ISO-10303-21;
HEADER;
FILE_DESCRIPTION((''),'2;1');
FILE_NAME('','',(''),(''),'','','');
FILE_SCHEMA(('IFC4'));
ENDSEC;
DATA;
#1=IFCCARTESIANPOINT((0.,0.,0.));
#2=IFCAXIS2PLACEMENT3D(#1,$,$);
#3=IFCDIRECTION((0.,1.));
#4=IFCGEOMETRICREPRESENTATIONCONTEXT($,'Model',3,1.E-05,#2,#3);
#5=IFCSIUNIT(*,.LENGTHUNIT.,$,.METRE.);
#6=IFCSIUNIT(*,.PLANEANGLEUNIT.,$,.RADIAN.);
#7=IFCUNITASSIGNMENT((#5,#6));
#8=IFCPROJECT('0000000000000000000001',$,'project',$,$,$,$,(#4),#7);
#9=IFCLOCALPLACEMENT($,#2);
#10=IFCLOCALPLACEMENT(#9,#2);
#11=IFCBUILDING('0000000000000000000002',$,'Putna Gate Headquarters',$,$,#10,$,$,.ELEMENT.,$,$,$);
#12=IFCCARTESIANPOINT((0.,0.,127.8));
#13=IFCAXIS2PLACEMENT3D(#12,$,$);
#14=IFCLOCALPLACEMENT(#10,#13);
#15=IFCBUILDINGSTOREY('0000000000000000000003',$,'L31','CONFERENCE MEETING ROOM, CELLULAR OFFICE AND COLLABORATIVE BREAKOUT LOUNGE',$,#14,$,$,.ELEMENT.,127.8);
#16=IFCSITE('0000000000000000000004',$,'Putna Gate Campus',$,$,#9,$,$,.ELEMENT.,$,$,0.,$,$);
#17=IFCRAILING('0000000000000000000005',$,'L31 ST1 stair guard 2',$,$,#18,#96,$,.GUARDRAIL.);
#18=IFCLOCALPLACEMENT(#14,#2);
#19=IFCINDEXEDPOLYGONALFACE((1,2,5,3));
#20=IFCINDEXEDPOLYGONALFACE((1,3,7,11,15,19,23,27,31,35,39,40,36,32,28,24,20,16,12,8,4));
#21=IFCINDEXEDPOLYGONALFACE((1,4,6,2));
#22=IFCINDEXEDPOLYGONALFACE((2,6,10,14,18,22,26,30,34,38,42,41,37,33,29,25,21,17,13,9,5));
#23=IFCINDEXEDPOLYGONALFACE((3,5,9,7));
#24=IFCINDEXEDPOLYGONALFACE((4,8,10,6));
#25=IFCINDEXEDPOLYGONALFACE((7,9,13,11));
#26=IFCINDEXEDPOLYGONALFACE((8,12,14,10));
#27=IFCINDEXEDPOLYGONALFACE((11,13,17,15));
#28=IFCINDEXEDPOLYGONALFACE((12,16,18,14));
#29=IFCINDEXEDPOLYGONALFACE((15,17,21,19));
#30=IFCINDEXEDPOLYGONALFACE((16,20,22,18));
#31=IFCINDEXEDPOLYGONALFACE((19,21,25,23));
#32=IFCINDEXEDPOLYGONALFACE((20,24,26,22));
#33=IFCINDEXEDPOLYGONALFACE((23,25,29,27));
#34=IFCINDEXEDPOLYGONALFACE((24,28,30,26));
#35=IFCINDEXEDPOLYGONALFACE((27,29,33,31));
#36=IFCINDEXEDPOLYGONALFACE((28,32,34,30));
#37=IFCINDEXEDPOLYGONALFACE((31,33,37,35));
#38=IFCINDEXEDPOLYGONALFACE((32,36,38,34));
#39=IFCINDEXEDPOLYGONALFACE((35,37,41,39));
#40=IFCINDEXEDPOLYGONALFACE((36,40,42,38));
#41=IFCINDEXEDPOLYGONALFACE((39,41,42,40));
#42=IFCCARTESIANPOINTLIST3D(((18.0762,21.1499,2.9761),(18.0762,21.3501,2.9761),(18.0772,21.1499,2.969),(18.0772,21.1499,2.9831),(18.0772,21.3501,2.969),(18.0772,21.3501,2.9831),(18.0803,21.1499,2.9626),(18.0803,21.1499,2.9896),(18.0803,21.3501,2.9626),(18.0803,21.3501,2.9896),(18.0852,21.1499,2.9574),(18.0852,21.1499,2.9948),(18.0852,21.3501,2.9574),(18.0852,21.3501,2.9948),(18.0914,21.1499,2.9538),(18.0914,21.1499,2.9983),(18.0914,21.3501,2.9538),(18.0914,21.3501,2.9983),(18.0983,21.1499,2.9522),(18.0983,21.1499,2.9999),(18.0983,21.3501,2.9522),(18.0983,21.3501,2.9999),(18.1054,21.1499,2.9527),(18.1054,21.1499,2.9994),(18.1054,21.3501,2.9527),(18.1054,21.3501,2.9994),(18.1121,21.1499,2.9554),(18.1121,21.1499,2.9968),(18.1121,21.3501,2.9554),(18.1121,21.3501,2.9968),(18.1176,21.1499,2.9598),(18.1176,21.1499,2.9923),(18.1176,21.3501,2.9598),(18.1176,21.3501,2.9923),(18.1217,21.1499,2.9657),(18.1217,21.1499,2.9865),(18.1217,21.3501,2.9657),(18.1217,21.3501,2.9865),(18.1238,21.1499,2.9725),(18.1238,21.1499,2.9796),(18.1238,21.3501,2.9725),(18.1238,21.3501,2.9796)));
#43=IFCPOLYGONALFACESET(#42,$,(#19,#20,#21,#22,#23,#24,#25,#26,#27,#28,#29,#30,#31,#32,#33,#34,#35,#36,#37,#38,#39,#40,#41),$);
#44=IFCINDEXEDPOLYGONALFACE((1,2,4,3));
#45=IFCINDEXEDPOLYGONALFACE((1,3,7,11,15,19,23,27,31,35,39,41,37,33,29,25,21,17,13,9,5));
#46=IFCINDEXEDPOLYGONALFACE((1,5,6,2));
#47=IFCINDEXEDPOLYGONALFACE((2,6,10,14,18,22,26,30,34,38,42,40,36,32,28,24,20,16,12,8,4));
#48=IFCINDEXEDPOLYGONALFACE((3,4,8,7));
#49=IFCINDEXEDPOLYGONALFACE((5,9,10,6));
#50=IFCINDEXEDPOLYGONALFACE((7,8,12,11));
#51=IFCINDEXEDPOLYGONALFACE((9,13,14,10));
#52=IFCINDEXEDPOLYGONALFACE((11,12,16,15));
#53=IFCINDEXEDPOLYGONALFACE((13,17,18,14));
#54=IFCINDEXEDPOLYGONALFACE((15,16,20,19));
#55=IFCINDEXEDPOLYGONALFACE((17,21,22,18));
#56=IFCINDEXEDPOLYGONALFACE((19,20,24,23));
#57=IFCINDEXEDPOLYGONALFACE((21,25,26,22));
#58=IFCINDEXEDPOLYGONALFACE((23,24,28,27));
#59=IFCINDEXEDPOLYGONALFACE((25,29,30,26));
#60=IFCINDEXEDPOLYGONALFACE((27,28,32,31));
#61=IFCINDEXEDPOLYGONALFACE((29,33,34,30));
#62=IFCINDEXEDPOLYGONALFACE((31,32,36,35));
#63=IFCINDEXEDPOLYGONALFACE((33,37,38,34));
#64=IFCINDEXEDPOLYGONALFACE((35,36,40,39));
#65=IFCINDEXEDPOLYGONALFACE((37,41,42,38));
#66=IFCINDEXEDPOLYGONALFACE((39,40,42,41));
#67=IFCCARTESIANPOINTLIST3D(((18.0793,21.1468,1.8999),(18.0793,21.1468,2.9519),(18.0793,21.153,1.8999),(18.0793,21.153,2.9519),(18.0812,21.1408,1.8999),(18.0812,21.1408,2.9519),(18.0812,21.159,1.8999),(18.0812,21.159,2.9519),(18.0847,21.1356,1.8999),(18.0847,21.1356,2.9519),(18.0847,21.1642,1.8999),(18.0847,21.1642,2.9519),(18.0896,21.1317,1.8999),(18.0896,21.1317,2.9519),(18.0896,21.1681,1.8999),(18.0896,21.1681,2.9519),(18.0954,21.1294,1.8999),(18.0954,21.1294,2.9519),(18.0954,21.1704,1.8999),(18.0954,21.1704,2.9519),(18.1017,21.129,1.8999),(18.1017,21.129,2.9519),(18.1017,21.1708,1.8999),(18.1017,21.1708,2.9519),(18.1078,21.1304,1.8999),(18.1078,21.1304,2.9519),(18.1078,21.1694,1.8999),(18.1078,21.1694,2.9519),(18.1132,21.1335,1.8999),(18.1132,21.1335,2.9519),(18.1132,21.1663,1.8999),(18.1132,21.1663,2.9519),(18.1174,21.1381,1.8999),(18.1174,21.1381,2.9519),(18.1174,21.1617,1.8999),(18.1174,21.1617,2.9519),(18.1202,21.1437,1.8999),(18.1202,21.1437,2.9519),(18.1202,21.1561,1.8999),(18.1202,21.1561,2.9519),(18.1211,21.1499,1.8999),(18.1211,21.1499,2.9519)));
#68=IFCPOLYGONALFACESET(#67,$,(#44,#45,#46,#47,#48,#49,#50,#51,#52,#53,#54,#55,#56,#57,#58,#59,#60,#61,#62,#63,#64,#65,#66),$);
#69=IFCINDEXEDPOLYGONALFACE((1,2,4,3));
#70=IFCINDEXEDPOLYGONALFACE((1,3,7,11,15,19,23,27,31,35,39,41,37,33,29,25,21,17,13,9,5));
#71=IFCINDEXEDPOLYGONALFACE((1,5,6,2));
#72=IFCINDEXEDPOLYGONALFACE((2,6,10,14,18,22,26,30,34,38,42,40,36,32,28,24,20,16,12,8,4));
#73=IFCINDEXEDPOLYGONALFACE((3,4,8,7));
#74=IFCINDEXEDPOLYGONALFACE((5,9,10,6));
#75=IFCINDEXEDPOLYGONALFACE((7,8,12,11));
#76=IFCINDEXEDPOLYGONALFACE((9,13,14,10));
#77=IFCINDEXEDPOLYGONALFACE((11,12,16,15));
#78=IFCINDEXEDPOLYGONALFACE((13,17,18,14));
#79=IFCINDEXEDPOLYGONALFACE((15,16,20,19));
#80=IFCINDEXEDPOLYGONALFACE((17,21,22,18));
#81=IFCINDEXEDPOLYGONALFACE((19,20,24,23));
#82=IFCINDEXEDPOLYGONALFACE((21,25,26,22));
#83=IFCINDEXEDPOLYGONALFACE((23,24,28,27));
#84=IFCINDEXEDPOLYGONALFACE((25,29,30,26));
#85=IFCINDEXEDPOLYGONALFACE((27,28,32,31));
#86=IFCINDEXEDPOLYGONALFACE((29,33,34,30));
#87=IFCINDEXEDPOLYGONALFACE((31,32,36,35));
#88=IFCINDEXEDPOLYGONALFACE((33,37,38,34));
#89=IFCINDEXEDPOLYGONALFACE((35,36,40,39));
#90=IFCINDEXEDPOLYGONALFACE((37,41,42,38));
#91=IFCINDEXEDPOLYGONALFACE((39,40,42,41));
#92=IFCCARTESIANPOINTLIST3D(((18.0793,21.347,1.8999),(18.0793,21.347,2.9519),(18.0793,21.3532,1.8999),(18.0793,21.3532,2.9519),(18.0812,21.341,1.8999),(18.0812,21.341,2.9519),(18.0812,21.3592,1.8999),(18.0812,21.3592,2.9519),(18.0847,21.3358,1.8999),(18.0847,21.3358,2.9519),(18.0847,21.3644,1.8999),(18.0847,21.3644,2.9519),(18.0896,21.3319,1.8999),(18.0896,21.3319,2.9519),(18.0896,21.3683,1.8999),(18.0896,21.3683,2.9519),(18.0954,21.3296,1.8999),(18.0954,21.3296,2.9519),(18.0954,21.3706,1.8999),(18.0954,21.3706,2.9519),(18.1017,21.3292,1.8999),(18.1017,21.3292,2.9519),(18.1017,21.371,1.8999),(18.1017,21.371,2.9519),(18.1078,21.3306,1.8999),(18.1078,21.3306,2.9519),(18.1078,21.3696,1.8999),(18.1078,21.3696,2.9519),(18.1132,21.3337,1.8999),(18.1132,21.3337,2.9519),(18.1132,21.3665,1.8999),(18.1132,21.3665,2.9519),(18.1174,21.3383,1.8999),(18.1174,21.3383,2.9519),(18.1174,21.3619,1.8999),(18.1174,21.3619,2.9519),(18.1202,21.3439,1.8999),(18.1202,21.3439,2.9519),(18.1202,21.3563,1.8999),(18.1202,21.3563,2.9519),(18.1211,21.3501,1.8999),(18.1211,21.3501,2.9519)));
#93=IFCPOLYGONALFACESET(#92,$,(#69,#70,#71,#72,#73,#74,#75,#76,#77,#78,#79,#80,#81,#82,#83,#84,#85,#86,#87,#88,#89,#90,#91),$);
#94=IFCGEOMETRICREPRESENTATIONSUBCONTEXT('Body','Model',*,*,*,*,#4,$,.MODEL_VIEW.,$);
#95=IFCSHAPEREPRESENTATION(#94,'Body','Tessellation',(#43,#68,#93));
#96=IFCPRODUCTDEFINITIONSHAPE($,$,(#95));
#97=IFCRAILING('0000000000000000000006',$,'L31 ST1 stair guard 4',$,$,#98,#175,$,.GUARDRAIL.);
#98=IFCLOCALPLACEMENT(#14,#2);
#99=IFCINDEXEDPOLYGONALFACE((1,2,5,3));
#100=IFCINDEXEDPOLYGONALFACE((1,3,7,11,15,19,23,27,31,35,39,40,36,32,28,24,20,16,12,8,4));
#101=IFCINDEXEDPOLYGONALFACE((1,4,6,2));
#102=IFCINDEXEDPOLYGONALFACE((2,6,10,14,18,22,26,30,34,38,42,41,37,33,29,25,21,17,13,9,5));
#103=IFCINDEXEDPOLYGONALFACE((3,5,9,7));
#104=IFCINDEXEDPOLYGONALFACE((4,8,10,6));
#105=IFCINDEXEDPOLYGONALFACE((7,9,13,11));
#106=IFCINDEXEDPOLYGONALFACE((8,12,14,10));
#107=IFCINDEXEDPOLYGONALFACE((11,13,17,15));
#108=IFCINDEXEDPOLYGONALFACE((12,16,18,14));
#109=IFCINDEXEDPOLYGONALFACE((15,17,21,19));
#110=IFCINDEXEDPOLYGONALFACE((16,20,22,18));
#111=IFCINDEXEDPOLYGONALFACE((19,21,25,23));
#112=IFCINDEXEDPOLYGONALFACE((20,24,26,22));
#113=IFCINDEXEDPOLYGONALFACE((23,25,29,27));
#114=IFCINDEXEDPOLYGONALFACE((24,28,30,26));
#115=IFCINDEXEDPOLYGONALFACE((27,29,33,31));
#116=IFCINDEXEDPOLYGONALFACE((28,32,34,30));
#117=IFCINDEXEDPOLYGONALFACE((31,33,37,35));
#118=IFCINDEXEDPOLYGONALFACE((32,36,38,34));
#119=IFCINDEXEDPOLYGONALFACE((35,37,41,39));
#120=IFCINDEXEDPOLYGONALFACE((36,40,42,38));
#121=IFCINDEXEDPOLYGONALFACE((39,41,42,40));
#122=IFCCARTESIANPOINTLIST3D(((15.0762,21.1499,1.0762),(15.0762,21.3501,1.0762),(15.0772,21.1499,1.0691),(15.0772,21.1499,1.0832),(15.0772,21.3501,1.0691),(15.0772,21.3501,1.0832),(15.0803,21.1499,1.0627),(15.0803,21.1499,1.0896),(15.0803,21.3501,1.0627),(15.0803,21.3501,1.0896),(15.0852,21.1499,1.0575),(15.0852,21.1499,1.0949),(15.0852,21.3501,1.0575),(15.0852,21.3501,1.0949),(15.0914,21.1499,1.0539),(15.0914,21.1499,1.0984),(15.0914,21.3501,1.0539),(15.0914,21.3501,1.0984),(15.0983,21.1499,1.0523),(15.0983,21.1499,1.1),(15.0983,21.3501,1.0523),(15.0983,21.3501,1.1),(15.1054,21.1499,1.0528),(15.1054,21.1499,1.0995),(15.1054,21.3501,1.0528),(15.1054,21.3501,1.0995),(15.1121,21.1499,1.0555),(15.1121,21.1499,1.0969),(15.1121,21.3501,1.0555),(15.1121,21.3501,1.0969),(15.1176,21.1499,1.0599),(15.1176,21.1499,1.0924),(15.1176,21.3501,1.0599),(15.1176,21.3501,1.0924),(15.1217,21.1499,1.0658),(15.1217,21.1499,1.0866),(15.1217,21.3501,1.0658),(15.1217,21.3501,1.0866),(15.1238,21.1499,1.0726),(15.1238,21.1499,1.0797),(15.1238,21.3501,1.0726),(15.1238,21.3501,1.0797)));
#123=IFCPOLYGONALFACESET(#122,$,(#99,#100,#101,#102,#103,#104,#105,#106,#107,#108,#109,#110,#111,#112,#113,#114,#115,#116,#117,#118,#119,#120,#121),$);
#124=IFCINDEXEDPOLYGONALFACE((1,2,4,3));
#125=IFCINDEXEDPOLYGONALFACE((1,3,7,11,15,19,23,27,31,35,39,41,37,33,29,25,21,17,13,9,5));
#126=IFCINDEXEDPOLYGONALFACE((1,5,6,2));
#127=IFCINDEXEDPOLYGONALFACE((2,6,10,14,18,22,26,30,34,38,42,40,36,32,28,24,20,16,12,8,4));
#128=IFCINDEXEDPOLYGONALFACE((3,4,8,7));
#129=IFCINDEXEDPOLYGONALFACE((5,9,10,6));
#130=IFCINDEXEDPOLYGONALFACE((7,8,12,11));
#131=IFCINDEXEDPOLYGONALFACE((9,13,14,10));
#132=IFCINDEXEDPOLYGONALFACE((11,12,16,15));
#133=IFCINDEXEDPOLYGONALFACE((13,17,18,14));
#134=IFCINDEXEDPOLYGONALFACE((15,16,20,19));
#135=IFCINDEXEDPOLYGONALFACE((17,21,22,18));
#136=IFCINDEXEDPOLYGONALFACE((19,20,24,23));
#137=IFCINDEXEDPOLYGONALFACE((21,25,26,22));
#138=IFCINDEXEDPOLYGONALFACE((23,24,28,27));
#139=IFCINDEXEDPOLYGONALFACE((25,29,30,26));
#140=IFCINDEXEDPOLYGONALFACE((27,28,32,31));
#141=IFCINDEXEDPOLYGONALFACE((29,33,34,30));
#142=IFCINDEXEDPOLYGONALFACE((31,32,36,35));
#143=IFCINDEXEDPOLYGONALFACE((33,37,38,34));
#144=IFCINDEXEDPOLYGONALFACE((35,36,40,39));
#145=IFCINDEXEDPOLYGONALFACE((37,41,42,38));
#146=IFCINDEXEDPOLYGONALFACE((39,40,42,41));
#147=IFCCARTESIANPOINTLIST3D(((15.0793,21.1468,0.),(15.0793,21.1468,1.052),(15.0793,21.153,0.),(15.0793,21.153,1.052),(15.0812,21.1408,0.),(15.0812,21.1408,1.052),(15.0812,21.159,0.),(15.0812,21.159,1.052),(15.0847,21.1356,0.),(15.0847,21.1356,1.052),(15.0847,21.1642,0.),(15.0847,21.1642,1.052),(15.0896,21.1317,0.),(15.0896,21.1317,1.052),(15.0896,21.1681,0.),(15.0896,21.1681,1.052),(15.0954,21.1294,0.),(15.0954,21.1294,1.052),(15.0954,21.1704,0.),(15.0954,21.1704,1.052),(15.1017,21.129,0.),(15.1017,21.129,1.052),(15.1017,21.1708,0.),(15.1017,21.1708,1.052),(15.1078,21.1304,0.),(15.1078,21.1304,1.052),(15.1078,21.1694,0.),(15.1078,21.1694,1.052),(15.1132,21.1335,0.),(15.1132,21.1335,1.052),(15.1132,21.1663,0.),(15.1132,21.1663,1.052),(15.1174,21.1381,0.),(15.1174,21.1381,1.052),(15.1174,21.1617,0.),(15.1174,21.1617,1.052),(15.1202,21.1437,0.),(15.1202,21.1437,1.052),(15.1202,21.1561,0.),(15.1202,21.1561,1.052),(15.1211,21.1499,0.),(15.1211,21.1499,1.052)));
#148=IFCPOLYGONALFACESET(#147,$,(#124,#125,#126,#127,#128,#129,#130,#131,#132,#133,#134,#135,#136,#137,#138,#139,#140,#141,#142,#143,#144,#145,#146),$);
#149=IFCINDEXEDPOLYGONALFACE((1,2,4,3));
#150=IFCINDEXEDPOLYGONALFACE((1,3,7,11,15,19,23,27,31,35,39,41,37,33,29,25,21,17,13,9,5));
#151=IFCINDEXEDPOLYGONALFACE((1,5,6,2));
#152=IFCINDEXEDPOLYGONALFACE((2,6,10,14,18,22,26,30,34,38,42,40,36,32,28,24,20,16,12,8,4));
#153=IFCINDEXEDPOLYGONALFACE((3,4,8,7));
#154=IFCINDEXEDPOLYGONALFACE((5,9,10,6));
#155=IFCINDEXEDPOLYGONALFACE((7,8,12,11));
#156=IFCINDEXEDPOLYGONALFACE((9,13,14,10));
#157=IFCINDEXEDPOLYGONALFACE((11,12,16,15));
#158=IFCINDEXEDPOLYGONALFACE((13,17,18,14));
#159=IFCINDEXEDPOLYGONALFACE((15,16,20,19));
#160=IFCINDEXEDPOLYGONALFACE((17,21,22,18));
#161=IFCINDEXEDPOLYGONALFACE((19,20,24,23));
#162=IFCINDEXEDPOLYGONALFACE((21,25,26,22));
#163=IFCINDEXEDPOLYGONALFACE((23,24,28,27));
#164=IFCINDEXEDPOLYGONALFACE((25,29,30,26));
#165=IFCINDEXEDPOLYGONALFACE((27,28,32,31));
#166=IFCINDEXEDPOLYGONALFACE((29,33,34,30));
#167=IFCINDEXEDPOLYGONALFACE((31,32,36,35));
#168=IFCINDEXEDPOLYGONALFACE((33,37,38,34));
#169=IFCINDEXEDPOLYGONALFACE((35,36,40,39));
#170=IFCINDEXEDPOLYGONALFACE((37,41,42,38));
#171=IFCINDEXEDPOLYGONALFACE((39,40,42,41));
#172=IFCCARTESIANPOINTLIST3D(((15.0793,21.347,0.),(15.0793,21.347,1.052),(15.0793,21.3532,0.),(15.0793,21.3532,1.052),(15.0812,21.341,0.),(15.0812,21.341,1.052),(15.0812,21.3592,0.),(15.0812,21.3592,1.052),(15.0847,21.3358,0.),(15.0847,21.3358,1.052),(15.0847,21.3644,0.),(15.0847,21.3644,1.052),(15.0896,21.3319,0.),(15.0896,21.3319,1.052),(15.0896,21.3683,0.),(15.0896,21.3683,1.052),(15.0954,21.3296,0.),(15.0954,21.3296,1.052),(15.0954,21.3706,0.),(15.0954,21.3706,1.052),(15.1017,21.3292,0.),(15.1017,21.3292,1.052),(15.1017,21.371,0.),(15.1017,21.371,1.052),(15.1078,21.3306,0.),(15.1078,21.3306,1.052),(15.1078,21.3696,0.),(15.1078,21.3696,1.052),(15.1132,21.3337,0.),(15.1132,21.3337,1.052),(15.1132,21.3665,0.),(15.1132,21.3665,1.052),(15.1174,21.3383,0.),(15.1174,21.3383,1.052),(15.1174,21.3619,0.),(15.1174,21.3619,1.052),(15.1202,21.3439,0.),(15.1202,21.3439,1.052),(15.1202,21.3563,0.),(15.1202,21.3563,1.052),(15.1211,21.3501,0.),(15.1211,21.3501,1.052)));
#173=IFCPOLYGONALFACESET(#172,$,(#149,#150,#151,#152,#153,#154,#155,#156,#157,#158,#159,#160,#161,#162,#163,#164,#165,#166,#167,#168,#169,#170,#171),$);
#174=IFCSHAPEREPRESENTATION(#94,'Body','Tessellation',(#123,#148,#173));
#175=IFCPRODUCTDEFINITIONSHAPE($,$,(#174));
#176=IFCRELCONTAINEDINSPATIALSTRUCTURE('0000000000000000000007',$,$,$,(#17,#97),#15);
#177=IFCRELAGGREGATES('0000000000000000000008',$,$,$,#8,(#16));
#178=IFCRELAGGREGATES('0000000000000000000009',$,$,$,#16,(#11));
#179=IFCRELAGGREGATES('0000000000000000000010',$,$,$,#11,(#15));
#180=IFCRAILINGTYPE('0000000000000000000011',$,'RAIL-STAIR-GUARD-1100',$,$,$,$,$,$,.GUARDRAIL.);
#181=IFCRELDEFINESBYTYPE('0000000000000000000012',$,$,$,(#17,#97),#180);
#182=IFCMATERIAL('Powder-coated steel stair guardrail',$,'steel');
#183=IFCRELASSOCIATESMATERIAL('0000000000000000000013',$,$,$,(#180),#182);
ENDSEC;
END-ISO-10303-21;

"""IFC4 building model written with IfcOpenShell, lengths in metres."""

from ifc_helpers import new_model, si_unit, direction, frame, origin, origin_2d, place, context, subcontext, project, spatial, circle, extrude, material, type_object, element, save


model = new_model("IFC4")

# Units and contexts
model_context = context("Model", 3, precision=1e-05, world=origin(), true_north=direction((0.0, 1.0)))
body_context = subcontext(model_context, "Body", "Model", "MODEL_VIEW")
ifc_project = project(units=[si_unit("LENGTHUNIT", "METRE"), si_unit("PLANEANGLEUNIT", "RADIAN")], contexts=[model_context])

# Site, building, storey
site_placement = place(None, origin())
site = spatial("IfcSite", under=ifc_project, at=site_placement, Name="Putna Gate Campus", CompositionType="ELEMENT", RefElevation=0.0)
building_placement = place(site_placement, origin())
building = spatial("IfcBuilding", under=site, at=building_placement, Name="Putna Gate Headquarters", CompositionType="ELEMENT")
storey_placement = place(building_placement, frame((0.0, 0.0, 127.8)))
storey = spatial("IfcBuildingStorey", under=building, at=storey_placement, Name="L31", Description="CONFERENCE MEETING ROOM, CELLULAR OFFICE AND COLLABORATIVE BREAKOUT LOUNGE", CompositionType="ELEMENT", Elevation=127.8)

# Railings
ifc_material_1 = material(Name="Powder-coated steel stair guardrail", Category="steel")
railing_type_1 = type_object("IfcRailingType", Name="RAIL-STAIR-GUARD-1100", PredefinedType="GUARDRAIL", material=ifc_material_1)
for number, where, name in (
    (1, (18.1001, 21.1499, 1.8999), "L31 ST1 stair guard 2"),
    (2, (15.1001, 21.1499, 0.0), "L31 ST1 stair guard 4"),
):
    element("IfcRailing", number, at=place(storey_placement, frame(where)), inside=storey, type_object=railing_type_1, Name=name, PredefinedType="GUARDRAIL", context=body_context, shape_type="SweptSolid", body=[
        extrude(circle(Radius=0.0239, at=origin_2d()), frame((0.0, 0.0, 1.0762), z_axis=(0.0, 1.0, 0.0), x_axis=(-1.0, 0.0, 0.0)), (0.0, 0.0, 1.0), 0.2002),
        extrude(circle(Radius=0.021, at=origin_2d()), origin(), (0.0, 0.0, 1.0), 1.052),
        extrude(circle(Radius=0.021, at=origin_2d()), frame((0.0, 0.2002, 0.0)), (0.0, 0.0, 1.0), 1.052),
    ])

save(model, "model.ifc")
